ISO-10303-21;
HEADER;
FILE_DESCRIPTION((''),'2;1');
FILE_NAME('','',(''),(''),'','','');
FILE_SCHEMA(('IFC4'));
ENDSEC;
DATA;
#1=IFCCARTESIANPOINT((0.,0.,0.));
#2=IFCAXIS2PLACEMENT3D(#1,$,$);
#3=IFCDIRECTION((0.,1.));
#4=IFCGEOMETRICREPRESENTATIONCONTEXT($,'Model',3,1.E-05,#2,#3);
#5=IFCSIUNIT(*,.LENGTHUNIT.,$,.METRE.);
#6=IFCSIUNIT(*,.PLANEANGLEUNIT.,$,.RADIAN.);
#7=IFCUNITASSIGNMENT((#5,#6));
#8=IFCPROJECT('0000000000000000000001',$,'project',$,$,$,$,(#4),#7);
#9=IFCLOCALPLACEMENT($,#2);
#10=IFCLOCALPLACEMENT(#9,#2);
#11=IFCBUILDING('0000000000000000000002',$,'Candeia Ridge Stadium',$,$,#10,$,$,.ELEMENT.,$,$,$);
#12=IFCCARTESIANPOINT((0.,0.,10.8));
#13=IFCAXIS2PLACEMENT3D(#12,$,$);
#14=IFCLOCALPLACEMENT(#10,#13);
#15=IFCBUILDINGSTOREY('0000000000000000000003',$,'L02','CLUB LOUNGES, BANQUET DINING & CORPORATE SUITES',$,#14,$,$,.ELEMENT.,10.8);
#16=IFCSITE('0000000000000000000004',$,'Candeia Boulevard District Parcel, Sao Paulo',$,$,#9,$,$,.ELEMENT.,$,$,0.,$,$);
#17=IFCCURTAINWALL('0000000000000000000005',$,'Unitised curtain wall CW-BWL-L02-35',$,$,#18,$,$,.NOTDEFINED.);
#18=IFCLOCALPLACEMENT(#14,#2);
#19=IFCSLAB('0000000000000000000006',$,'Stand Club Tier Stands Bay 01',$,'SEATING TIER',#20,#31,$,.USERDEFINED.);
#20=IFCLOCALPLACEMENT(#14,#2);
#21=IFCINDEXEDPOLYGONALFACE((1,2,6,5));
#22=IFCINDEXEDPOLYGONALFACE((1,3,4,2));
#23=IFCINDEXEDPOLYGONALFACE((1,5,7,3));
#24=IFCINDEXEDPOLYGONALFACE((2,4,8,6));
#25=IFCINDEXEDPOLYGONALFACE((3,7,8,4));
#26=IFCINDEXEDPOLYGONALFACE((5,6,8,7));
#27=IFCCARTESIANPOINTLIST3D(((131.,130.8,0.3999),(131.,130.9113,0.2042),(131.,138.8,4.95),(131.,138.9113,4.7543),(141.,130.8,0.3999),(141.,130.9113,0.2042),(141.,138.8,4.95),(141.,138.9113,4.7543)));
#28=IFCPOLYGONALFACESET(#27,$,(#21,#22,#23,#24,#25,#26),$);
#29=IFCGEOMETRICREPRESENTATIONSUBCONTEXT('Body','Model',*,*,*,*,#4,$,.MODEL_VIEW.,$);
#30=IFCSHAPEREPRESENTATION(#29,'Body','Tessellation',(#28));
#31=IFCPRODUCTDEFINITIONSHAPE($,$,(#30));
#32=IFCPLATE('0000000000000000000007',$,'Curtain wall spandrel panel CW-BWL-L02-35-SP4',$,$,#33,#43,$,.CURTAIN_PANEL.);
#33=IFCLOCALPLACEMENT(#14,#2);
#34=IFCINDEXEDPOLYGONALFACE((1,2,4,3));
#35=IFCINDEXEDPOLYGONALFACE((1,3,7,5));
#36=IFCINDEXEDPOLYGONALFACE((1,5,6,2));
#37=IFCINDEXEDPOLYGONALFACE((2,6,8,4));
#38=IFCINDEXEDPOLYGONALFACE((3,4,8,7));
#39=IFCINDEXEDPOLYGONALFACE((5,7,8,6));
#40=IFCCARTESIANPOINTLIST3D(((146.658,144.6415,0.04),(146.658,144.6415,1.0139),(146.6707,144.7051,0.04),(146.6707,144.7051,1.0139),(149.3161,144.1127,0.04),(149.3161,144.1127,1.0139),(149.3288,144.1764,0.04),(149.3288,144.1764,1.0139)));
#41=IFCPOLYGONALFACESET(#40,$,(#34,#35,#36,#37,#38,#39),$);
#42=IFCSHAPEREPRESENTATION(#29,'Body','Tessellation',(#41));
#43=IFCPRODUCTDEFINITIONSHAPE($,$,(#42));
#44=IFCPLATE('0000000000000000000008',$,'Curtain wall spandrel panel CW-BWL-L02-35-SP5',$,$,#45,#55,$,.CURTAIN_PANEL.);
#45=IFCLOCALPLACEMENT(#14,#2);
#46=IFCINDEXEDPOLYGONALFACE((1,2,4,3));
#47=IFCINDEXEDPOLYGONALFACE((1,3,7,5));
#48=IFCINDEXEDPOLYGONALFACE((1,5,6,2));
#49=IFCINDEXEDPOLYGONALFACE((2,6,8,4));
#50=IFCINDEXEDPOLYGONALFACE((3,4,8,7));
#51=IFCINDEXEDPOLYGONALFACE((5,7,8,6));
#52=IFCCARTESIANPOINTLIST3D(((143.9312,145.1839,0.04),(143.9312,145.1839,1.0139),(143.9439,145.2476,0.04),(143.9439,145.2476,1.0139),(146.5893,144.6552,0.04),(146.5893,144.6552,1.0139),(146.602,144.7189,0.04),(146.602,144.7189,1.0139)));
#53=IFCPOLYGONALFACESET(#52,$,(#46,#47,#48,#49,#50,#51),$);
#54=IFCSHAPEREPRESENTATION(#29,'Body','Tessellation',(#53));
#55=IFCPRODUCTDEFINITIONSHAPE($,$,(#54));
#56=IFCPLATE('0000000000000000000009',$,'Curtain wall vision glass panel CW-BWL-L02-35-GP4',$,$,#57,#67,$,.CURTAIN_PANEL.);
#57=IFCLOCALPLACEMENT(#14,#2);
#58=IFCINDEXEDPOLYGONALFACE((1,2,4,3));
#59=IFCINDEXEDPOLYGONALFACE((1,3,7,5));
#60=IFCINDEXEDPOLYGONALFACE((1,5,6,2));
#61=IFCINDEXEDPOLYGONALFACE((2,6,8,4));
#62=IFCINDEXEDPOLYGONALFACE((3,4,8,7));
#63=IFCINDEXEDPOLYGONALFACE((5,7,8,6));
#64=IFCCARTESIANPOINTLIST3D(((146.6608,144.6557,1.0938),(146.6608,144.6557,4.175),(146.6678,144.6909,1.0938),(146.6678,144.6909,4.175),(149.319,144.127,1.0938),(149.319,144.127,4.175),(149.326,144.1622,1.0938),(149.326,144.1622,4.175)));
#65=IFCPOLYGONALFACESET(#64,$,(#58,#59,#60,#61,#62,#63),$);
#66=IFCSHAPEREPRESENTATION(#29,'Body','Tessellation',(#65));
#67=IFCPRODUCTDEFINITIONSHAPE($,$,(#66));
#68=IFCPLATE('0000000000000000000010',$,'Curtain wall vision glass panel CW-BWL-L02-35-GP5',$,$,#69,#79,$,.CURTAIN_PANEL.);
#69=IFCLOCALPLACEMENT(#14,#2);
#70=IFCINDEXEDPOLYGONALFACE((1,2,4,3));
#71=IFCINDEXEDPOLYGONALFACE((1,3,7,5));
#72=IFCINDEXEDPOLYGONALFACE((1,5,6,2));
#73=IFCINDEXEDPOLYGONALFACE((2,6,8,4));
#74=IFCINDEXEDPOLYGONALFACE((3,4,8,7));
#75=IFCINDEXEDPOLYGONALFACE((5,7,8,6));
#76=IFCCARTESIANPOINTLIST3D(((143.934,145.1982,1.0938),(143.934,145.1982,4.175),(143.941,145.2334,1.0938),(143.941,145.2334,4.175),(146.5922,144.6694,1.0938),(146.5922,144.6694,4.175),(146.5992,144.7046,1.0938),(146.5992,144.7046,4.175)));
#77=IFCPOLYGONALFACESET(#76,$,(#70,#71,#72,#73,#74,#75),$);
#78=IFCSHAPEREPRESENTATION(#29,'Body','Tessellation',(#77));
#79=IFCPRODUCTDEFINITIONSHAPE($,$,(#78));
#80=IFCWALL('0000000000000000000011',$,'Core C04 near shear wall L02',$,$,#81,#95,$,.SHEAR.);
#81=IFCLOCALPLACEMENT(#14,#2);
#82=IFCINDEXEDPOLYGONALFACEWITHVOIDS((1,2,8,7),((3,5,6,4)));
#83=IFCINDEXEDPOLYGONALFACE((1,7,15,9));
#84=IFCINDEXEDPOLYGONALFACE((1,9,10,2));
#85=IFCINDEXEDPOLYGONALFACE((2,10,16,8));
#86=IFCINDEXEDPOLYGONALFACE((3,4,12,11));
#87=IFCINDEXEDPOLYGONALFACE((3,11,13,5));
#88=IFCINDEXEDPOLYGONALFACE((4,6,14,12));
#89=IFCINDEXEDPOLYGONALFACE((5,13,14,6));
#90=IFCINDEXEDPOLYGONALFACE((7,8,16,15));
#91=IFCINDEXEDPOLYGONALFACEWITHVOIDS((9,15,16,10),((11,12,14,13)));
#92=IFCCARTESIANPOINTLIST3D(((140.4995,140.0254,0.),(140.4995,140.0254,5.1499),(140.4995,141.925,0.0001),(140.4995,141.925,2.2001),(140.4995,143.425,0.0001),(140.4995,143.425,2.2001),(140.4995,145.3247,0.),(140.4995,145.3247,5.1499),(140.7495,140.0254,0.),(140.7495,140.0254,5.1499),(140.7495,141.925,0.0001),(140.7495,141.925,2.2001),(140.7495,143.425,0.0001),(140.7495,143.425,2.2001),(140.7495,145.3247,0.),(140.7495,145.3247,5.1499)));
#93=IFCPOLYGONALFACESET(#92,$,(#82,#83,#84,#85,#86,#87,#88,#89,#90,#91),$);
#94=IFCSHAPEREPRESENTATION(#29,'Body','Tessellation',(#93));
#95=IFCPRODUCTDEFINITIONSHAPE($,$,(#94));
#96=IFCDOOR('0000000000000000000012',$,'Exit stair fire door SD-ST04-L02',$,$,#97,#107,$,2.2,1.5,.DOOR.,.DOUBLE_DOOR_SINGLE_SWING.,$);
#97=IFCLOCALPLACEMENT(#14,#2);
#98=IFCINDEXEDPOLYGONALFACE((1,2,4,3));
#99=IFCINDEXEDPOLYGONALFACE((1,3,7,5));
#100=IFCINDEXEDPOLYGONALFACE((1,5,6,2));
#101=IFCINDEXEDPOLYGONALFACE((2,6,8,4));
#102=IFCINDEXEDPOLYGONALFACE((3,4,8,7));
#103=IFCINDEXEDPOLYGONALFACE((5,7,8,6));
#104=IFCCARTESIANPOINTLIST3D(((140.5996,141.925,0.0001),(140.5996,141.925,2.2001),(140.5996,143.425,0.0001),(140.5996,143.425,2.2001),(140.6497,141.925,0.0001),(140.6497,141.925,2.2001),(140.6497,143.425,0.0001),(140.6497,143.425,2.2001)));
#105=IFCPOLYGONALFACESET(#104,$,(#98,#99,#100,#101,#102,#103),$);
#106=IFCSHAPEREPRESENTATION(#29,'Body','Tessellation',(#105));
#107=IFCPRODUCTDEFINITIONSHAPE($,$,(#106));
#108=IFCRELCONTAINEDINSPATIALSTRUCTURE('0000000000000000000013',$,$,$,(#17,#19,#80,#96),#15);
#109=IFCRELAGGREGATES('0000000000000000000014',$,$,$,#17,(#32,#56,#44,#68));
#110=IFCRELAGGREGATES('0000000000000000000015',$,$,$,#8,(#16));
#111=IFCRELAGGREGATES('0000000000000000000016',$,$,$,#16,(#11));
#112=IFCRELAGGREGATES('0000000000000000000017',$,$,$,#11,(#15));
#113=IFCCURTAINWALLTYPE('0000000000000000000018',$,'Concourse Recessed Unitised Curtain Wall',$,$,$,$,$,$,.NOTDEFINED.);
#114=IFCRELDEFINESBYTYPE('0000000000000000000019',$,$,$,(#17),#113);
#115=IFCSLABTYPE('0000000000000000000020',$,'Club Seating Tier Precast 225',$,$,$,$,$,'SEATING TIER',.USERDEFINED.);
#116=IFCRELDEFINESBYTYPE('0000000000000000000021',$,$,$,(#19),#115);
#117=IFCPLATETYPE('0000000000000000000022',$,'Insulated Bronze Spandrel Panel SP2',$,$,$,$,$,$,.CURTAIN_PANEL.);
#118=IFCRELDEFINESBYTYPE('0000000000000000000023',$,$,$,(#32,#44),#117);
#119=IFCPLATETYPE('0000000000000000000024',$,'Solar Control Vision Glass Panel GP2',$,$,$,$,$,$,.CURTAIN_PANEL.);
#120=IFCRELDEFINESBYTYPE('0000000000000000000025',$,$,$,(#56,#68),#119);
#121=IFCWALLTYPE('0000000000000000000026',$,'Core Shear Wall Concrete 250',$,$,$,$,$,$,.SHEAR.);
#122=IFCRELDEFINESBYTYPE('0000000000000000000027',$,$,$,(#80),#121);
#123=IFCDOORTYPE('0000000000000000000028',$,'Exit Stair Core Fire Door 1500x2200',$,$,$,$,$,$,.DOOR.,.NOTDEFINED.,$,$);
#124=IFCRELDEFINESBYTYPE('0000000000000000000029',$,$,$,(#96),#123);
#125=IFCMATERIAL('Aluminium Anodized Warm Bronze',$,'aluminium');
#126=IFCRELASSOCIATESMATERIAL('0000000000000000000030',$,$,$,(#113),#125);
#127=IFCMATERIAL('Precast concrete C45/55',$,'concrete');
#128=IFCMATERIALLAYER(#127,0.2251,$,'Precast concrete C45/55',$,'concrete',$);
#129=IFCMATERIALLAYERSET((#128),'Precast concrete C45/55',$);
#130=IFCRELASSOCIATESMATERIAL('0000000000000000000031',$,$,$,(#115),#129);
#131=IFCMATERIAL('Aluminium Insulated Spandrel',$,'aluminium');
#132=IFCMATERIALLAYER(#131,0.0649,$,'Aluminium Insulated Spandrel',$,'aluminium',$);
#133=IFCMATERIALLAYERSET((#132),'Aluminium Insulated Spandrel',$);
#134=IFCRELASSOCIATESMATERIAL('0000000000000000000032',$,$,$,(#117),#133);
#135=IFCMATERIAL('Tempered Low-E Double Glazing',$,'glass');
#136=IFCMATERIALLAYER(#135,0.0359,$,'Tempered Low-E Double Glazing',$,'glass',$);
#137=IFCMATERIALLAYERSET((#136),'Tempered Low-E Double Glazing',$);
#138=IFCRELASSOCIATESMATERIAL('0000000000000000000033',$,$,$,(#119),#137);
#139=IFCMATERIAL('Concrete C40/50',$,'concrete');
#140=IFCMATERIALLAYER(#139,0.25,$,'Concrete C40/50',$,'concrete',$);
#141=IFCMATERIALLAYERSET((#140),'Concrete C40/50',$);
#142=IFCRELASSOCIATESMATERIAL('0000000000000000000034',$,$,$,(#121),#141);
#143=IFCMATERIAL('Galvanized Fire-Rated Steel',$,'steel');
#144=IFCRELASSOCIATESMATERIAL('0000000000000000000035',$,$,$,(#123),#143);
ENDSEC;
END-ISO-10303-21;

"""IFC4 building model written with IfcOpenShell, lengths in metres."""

from ifc_helpers import new_model, si_unit, direction, frame, frame_2d, origin, origin_2d, place, context, subcontext, project, spatial, polyline, rectangle, outline, extrude, material, layer, layer_set, type_object, element, fill, aggregate, save


model = new_model("IFC4")

# Units and contexts
model_context = context("Model", 3, precision=1e-05, world=origin(), true_north=direction((0.0, 1.0)))
body_context = subcontext(model_context, "Body", "Model", "MODEL_VIEW")
ifc_project = project(units=[si_unit("LENGTHUNIT", "METRE"), si_unit("PLANEANGLEUNIT", "RADIAN")], contexts=[model_context])

# Site, building, storey
site_placement = place(None, origin())
site = spatial("IfcSite", under=ifc_project, at=site_placement, Name="Candeia Boulevard District Parcel, Sao Paulo", CompositionType="ELEMENT", RefElevation=0.0)
building_placement = place(site_placement, origin())
building = spatial("IfcBuilding", under=site, at=building_placement, Name="Candeia Ridge Stadium", CompositionType="ELEMENT")
storey_placement = place(building_placement, frame((0.0, 0.0, 10.8)))
storey = spatial("IfcBuildingStorey", under=building, at=storey_placement, Name="L02", Description="CLUB LOUNGES, BANQUET DINING & CORPORATE SUITES", CompositionType="ELEMENT", Elevation=10.8)

# Shared definitions
ifc_material_1 = material(Name="Concrete C40/50", Category="concrete")

# Curtain wall
ifc_material_2 = material(Name="Aluminium Anodized Warm Bronze", Category="aluminium")
curtain_wall_type = type_object("IfcCurtainWallType", Name="Concourse Recessed Unitised Curtain Wall", PredefinedType="NOTDEFINED", material=ifc_material_2)
curtain_wall_placement = place(storey_placement, origin())
curtain_wall = element("IfcCurtainWall", 1, at=curtain_wall_placement, inside=storey, type_object=curtain_wall_type, Name="Unitised curtain wall CW-BWL-L02-35", PredefinedType="NOTDEFINED")

# Slab
ifc_material_3 = material(Name="Precast concrete C45/55", Category="concrete")
ifc_layer_1 = layer(ifc_material_3, 0.2251, Name="Precast concrete C45/55", Category="concrete")
ifc_layer_set_1 = layer_set([ifc_layer_1], Name="Precast concrete C45/55")
slab_type = type_object("IfcSlabType", Name="Club Seating Tier Precast 225", ElementType="SEATING TIER", PredefinedType="USERDEFINED", material=ifc_layer_set_1)
slab_placement = place(storey_placement, frame((141.0, 130.8, 0.3999), z_axis=(0.0, -0.494387, 0.869242), x_axis=(-1.0, 0.0, 0.0)))
element("IfcSlab", 2, at=slab_placement, inside=storey, type_object=slab_type, Name="Stand Club Tier Stands Bay 01", ObjectType="SEATING TIER", PredefinedType="USERDEFINED", context=body_context, shape_type="SweptSolid", body=[
    extrude(outline(polyline([(0.0, 0.0), (10.0, 0.0), (10.0, -9.2034), (0.0, -9.2034), (0.0, 0.0)])), origin(), (0.0, 0.0, -1.0), 0.2251),
])

# Plates
ifc_material_4 = material(Name="Aluminium Insulated Spandrel", Category="aluminium")
ifc_layer_2 = layer(ifc_material_4, 0.0649, Name="Aluminium Insulated Spandrel", Category="aluminium")
ifc_layer_set_2 = layer_set([ifc_layer_2], Name="Aluminium Insulated Spandrel")
plate_type_1 = type_object("IfcPlateType", Name="Insulated Bronze Spandrel Panel SP2", PredefinedType="CURTAIN_PANEL", material=ifc_layer_set_2)
plate_1_placement = place(storey_placement, frame((147.9934, 144.4089, 0.04), z_axis=(0.0, 0.0, 1.0), x_axis=(-0.980785, 0.19509, 0.0)))
plate_1 = element("IfcPlate", 3, at=plate_1_placement, type_object=plate_type_1, Name="Curtain wall spandrel panel CW-BWL-L02-35-SP4", PredefinedType="CURTAIN_PANEL", context=body_context, shape_type="SweptSolid", body=[
    extrude(rectangle(XDim=2.7102, YDim=0.0649, at=origin_2d()), origin(), (0.0, 0.0, 1.0), 0.9739),
])
plate_2_placement = place(storey_placement, frame((145.2666, 144.9514, 0.04), z_axis=(0.0, 0.0, 1.0), x_axis=(-0.980785, 0.19509, 0.0)))
plate_2 = element("IfcPlate", 4, at=plate_2_placement, type_object=plate_type_1, Name="Curtain wall spandrel panel CW-BWL-L02-35-SP5", PredefinedType="CURTAIN_PANEL", context=body_context, shape_type="SweptSolid", body=[
    extrude(rectangle(XDim=2.7102, YDim=0.0649, at=origin_2d()), origin(), (0.0, 0.0, 1.0), 0.9739),
])
ifc_material_5 = material(Name="Tempered Low-E Double Glazing", Category="glass")
ifc_layer_3 = layer(ifc_material_5, 0.0359, Name="Tempered Low-E Double Glazing", Category="glass")
ifc_layer_set_3 = layer_set([ifc_layer_3], Name="Tempered Low-E Double Glazing")
plate_type_2 = type_object("IfcPlateType", Name="Solar Control Vision Glass Panel GP2", PredefinedType="CURTAIN_PANEL", material=ifc_layer_set_3)
plate_3_placement = place(storey_placement, frame((147.9934, 144.4089, 1.0938), z_axis=(0.0, 0.0, 1.0), x_axis=(-0.980785, 0.19509, 0.0)))
plate_3 = element("IfcPlate", 5, at=plate_3_placement, type_object=plate_type_2, Name="Curtain wall vision glass panel CW-BWL-L02-35-GP4", PredefinedType="CURTAIN_PANEL", context=body_context, shape_type="SweptSolid", body=[
    extrude(rectangle(XDim=2.7102, YDim=0.0359, at=origin_2d()), origin(), (0.0, 0.0, 1.0), 3.0813),
])
plate_4_placement = place(storey_placement, frame((145.2666, 144.9514, 1.0938), z_axis=(0.0, 0.0, 1.0), x_axis=(-0.980785, 0.19509, 0.0)))
plate_4 = element("IfcPlate", 6, at=plate_4_placement, type_object=plate_type_2, Name="Curtain wall vision glass panel CW-BWL-L02-35-GP5", PredefinedType="CURTAIN_PANEL", context=body_context, shape_type="SweptSolid", body=[
    extrude(rectangle(XDim=2.7102, YDim=0.0359, at=origin_2d()), origin(), (0.0, 0.0, 1.0), 3.0813),
])
aggregate(curtain_wall, [plate_1, plate_3, plate_2, plate_4])

# Wall, opening, door
ifc_layer_4 = layer(ifc_material_1, 0.25, Name="Concrete C40/50", Category="concrete")
ifc_layer_set_4 = layer_set([ifc_layer_4], Name="Concrete C40/50")
wall_type = type_object("IfcWallType", Name="Core Shear Wall Concrete 250", PredefinedType="SHEAR", material=ifc_layer_set_4)
wall_placement = place(storey_placement, frame((140.6245, 140.0254, 0.0), z_axis=(0.0, 0.0, 1.0), x_axis=(0.0, 1.0, 0.0)))
wall = element("IfcWall", 7, at=wall_placement, inside=storey, type_object=wall_type, Name="Core C04 near shear wall L02", PredefinedType="SHEAR", context=body_context, shape_type="SweptSolid", body=[
    extrude(rectangle(XDim=5.2993, YDim=0.25, at=frame_2d((2.6497, 0.0))), origin(), (0.0, 0.0, 1.0), 5.1499),
])
opening_placement = place(wall_placement, frame((1.8997, 0.0, 0.0)))
opening = element("IfcOpeningElement", 8, at=opening_placement, cuts=wall, PredefinedType="OPENING", context=body_context, shape_type="SweptSolid", body=[
    extrude(rectangle(XDim=1.5, YDim=2.2, at=frame_2d((0.75, 1.1001))), frame((0.0, 0.135, 0.0), z_axis=(0.0, -1.0, 0.0), x_axis=(1.0, 0.0, 0.0)), (0.0, 0.0, 1.0), 0.27),
])
ifc_material_6 = material(Name="Galvanized Fire-Rated Steel", Category="steel")
door_type = type_object("IfcDoorType", Name="Exit Stair Core Fire Door 1500x2200", OperationType="NOTDEFINED", PredefinedType="DOOR", material=ifc_material_6)
door_placement = place(opening_placement, origin())
door = element("IfcDoor", 9, at=door_placement, inside=storey, type_object=door_type, Name="Exit stair fire door SD-ST04-L02", OperationType="DOUBLE_DOOR_SINGLE_SWING", OverallHeight=2.2, OverallWidth=1.5, PredefinedType="DOOR", context=body_context, shape_type="SweptSolid", body=[
    extrude(rectangle(XDim=1.5, YDim=2.2, at=frame_2d((0.75, 1.1001))), frame((0.0, 0.0249, 0.0), z_axis=(0.0, -1.0, 0.0), x_axis=(1.0, 0.0, 0.0)), (0.0, 0.0, 1.0), 0.05),
])
fill(opening, door)

save(model, "model.ifc")
